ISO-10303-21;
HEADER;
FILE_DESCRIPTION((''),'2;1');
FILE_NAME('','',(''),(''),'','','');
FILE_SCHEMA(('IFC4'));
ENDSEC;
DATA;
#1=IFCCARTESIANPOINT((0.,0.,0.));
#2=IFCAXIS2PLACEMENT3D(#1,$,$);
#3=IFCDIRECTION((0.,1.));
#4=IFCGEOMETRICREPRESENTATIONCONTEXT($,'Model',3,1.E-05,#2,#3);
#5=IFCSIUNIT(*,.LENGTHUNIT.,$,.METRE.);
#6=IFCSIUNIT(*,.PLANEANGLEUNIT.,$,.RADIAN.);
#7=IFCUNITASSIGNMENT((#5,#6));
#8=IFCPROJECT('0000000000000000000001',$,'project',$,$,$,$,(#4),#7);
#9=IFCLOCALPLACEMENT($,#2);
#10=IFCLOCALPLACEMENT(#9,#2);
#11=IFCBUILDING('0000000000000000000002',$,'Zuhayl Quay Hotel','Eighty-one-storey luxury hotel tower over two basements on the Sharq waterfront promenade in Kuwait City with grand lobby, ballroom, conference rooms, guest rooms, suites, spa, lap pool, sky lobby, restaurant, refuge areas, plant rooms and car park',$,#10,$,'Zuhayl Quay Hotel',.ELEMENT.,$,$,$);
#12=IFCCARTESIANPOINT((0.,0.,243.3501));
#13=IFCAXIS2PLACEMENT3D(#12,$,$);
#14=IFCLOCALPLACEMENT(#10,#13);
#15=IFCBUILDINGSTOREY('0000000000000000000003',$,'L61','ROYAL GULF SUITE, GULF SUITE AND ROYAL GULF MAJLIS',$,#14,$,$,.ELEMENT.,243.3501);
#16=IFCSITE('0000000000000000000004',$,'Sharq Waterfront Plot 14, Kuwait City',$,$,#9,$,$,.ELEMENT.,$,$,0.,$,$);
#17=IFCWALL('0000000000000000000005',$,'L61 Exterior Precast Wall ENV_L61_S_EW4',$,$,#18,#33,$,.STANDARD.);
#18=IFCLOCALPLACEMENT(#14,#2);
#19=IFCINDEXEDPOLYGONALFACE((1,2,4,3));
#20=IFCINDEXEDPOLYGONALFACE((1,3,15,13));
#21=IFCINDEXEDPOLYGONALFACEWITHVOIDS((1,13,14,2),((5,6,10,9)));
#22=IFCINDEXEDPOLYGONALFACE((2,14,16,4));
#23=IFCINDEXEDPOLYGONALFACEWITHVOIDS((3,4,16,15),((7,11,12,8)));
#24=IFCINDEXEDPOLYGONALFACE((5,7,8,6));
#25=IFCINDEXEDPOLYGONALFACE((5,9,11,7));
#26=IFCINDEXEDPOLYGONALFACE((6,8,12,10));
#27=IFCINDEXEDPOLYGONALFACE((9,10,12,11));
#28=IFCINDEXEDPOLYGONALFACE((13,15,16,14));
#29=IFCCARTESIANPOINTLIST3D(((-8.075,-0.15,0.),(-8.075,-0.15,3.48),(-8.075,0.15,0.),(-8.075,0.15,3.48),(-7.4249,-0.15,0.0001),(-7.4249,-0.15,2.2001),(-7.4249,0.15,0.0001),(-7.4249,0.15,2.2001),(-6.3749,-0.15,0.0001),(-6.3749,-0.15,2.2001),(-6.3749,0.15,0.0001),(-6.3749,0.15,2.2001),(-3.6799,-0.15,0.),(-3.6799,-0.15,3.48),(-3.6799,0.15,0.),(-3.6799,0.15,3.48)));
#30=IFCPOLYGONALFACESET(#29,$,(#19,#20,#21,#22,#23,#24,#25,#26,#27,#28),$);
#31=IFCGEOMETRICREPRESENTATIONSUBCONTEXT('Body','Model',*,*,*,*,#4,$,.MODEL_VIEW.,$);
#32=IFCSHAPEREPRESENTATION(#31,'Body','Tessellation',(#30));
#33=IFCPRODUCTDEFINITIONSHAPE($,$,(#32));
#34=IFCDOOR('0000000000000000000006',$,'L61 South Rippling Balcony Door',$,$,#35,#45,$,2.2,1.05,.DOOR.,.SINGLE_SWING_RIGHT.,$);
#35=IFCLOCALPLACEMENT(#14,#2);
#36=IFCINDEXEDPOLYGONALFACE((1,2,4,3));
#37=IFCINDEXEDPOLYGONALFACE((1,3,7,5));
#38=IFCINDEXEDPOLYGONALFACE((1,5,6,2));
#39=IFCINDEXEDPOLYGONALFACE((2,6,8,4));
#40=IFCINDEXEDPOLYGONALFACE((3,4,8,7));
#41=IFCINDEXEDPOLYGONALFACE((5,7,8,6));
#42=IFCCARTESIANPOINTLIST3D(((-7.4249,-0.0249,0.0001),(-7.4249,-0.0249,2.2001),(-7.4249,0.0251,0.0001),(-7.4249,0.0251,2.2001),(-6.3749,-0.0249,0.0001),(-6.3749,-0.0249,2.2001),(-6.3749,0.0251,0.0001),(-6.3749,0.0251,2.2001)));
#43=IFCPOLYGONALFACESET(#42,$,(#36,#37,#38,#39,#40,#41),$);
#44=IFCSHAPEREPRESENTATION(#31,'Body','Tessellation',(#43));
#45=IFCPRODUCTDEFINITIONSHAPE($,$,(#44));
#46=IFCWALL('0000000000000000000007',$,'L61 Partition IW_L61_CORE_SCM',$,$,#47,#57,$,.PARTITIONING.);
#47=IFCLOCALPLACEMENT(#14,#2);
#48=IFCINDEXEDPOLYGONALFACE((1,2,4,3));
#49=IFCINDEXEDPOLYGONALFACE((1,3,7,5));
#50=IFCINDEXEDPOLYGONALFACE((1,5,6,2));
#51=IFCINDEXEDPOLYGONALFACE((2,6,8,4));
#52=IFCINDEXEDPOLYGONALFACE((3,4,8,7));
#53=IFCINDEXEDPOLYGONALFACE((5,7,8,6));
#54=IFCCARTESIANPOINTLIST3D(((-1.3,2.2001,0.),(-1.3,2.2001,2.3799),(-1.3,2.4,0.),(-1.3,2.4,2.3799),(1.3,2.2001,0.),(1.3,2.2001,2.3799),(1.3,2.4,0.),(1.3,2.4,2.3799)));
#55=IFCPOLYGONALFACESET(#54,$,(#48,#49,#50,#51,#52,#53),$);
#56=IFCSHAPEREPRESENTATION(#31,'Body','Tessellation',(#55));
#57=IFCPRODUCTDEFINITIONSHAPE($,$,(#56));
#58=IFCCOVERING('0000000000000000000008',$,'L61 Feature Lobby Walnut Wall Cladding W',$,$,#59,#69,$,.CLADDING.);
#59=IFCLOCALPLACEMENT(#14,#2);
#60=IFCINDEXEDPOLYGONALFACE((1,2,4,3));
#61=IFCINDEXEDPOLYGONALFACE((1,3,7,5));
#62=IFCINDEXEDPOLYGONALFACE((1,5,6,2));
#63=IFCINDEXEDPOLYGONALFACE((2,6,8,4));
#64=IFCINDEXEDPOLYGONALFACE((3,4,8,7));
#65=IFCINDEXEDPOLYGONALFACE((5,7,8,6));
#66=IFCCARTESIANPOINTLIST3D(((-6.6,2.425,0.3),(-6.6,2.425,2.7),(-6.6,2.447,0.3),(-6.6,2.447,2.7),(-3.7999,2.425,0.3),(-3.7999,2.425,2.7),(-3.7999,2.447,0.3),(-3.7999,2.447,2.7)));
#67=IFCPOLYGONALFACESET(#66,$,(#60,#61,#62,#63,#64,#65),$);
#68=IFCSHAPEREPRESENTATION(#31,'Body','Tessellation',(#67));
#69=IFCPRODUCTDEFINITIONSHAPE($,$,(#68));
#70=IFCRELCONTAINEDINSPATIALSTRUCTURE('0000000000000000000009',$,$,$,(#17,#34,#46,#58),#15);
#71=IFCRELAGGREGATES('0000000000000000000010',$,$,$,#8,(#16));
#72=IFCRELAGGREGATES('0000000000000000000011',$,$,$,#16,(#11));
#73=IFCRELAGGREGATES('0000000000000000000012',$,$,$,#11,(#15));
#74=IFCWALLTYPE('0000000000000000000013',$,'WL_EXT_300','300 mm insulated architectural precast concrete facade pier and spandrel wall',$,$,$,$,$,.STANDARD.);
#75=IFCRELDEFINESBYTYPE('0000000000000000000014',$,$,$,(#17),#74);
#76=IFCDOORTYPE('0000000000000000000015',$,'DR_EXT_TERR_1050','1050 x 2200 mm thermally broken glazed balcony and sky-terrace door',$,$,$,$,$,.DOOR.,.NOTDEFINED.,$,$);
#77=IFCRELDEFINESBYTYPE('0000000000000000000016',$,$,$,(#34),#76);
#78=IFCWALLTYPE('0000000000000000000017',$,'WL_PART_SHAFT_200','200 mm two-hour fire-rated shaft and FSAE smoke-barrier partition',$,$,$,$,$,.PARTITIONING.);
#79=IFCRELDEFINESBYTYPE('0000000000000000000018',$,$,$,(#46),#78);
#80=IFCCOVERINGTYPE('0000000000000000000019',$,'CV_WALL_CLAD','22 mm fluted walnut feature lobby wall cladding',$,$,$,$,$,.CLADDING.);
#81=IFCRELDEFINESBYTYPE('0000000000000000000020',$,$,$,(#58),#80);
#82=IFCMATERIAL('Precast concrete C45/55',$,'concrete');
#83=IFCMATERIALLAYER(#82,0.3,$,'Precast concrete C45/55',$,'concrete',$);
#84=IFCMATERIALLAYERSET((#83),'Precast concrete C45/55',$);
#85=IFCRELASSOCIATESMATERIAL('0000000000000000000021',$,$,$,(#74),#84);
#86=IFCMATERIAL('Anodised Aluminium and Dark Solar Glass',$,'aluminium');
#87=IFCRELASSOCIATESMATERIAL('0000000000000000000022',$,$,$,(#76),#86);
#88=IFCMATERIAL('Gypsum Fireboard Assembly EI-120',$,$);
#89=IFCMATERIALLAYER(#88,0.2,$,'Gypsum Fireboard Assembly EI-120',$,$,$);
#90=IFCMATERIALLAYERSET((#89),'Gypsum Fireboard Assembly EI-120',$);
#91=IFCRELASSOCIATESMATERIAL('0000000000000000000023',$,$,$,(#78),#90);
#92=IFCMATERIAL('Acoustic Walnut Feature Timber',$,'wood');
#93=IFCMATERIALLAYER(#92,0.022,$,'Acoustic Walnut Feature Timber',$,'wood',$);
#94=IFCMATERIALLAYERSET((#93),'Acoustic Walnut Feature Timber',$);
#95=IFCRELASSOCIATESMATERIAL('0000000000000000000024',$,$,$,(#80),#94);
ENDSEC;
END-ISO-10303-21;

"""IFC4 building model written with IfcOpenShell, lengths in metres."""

from ifc_helpers import new_model, si_unit, direction, frame, frame_2d, origin, origin_2d, place, context, subcontext, project, spatial, rectangle, extrude, material, layer, layer_set, type_object, element, fill, save


model = new_model("IFC4")

# Units and contexts
model_context = context("Model", 3, precision=1e-05, world=origin(), true_north=direction((0.0, 1.0)))
body_context = subcontext(model_context, "Body", "Model", "MODEL_VIEW")
ifc_project = project(units=[si_unit("LENGTHUNIT", "METRE"), si_unit("PLANEANGLEUNIT", "RADIAN")], contexts=[model_context])

# Site, building, storey
site_placement = place(None, origin())
site = spatial("IfcSite", under=ifc_project, at=site_placement, Name="Sharq Waterfront Plot 14, Kuwait City", CompositionType="ELEMENT", RefElevation=0.0)
building_placement = place(site_placement, origin())
building = spatial("IfcBuilding", under=site, at=building_placement, Name="Zuhayl Quay Hotel", Description="Eighty-one-storey luxury hotel tower over two basements on the Sharq waterfront promenade in Kuwait City with grand lobby, ballroom, conference rooms, guest rooms, suites, spa, lap pool, sky lobby, restaurant, refuge areas, plant rooms and car park", LongName="Zuhayl Quay Hotel", CompositionType="ELEMENT")
storey_placement = place(building_placement, frame((0.0, 0.0, 243.3501)))
storey = spatial("IfcBuildingStorey", under=building, at=storey_placement, Name="L61", Description="ROYAL GULF SUITE, GULF SUITE AND ROYAL GULF MAJLIS", CompositionType="ELEMENT", Elevation=243.3501)

# Wall, opening, door
ifc_material_1 = material(Name="Precast concrete C45/55", Category="concrete")
ifc_layer_1 = layer(ifc_material_1, 0.3, Name="Precast concrete C45/55", Category="concrete")
ifc_layer_set_1 = layer_set([ifc_layer_1], Name="Precast concrete C45/55")
wall_type_1 = type_object("IfcWallType", Name="WL_EXT_300", Description="300 mm insulated architectural precast concrete facade pier and spandrel wall", PredefinedType="STANDARD", material=ifc_layer_set_1)
wall_1_placement = place(storey_placement, frame((-3.6799, 0.0, 0.0), z_axis=(0.0, 0.0, 1.0), x_axis=(-1.0, 0.0, 0.0)))
wall_1 = element("IfcWall", 1, at=wall_1_placement, inside=storey, type_object=wall_type_1, Name="L61 Exterior Precast Wall ENV_L61_S_EW4", PredefinedType="STANDARD", context=body_context, shape_type="SweptSolid", body=[
    extrude(rectangle(XDim=4.395, YDim=0.3, at=frame_2d((2.1975, 0.0))), origin(), (0.0, 0.0, 1.0), 3.48),
])
opening_placement = place(wall_1_placement, frame((2.6951, 0.0, 0.0)))
opening = element("IfcOpeningElement", 2, at=opening_placement, cuts=wall_1, PredefinedType="OPENING", context=body_context, shape_type="SweptSolid", body=[
    extrude(rectangle(XDim=1.05, YDim=2.2, at=frame_2d((0.5249, 1.1001))), frame((0.0, 0.1599, 0.0), z_axis=(0.0, -1.0, 0.0), x_axis=(1.0, 0.0, 0.0)), (0.0, 0.0, 1.0), 0.3201),
])
ifc_material_2 = material(Name="Anodised Aluminium and Dark Solar Glass", Category="aluminium")
door_type = type_object("IfcDoorType", Name="DR_EXT_TERR_1050", Description="1050 x 2200 mm thermally broken glazed balcony and sky-terrace door", OperationType="NOTDEFINED", PredefinedType="DOOR", material=ifc_material_2)
door_placement = place(opening_placement, origin())
door = element("IfcDoor", 3, at=door_placement, inside=storey, type_object=door_type, Name="L61 South Rippling Balcony Door", OperationType="SINGLE_SWING_RIGHT", OverallHeight=2.2, OverallWidth=1.05, PredefinedType="DOOR", context=body_context, shape_type="SweptSolid", body=[
    extrude(rectangle(XDim=1.05, YDim=2.2, at=frame_2d((0.5249, 1.1001))), frame((0.0, 0.0249, 0.0), z_axis=(0.0, -1.0, 0.0), x_axis=(1.0, 0.0, 0.0)), (0.0, 0.0, 1.0), 0.05),
])
fill(opening, door)

# Wall
ifc_material_3 = material(Name="Gypsum Fireboard Assembly EI-120")
ifc_layer_2 = layer(ifc_material_3, 0.2, Name="Gypsum Fireboard Assembly EI-120")
ifc_layer_set_2 = layer_set([ifc_layer_2], Name="Gypsum Fireboard Assembly EI-120")
wall_type_2 = type_object("IfcWallType", Name="WL_PART_SHAFT_200", Description="200 mm two-hour fire-rated shaft and FSAE smoke-barrier partition", PredefinedType="PARTITIONING", material=ifc_layer_set_2)
wall_2_placement = place(storey_placement, frame((-1.3, 2.3, 0.0), z_axis=(0.0, 0.0, 1.0), x_axis=(1.0, 0.0, 0.0)))
element("IfcWall", 4, at=wall_2_placement, inside=storey, type_object=wall_type_2, Name="L61 Partition IW_L61_CORE_SCM", PredefinedType="PARTITIONING", context=body_context, shape_type="SweptSolid", body=[
    extrude(rectangle(XDim=2.6001, YDim=0.2, at=frame_2d((1.3, 0.0))), origin(), (0.0, 0.0, 1.0), 2.3799),
])

# Covering
ifc_material_4 = material(Name="Acoustic Walnut Feature Timber", Category="wood")
ifc_layer_3 = layer(ifc_material_4, 0.022, Name="Acoustic Walnut Feature Timber", Category="wood")
ifc_layer_set_3 = layer_set([ifc_layer_3], Name="Acoustic Walnut Feature Timber")
covering_type = type_object("IfcCoveringType", Name="CV_WALL_CLAD", Description="22 mm fluted walnut feature lobby wall cladding", PredefinedType="CLADDING", material=ifc_layer_set_3)
covering_placement = place(storey_placement, frame((-5.2, 2.436, 0.3), z_axis=(0.0, 0.0, 1.0), x_axis=(1.0, 0.0, 0.0)))
element("IfcCovering", 5, at=covering_placement, inside=storey, type_object=covering_type, Name="L61 Feature Lobby Walnut Wall Cladding W", PredefinedType="CLADDING", context=body_context, shape_type="SweptSolid", body=[
    extrude(rectangle(XDim=2.8, YDim=0.022, at=origin_2d()), origin(), (0.0, 0.0, 1.0), 2.3999),
])

save(model, "model.ifc")
